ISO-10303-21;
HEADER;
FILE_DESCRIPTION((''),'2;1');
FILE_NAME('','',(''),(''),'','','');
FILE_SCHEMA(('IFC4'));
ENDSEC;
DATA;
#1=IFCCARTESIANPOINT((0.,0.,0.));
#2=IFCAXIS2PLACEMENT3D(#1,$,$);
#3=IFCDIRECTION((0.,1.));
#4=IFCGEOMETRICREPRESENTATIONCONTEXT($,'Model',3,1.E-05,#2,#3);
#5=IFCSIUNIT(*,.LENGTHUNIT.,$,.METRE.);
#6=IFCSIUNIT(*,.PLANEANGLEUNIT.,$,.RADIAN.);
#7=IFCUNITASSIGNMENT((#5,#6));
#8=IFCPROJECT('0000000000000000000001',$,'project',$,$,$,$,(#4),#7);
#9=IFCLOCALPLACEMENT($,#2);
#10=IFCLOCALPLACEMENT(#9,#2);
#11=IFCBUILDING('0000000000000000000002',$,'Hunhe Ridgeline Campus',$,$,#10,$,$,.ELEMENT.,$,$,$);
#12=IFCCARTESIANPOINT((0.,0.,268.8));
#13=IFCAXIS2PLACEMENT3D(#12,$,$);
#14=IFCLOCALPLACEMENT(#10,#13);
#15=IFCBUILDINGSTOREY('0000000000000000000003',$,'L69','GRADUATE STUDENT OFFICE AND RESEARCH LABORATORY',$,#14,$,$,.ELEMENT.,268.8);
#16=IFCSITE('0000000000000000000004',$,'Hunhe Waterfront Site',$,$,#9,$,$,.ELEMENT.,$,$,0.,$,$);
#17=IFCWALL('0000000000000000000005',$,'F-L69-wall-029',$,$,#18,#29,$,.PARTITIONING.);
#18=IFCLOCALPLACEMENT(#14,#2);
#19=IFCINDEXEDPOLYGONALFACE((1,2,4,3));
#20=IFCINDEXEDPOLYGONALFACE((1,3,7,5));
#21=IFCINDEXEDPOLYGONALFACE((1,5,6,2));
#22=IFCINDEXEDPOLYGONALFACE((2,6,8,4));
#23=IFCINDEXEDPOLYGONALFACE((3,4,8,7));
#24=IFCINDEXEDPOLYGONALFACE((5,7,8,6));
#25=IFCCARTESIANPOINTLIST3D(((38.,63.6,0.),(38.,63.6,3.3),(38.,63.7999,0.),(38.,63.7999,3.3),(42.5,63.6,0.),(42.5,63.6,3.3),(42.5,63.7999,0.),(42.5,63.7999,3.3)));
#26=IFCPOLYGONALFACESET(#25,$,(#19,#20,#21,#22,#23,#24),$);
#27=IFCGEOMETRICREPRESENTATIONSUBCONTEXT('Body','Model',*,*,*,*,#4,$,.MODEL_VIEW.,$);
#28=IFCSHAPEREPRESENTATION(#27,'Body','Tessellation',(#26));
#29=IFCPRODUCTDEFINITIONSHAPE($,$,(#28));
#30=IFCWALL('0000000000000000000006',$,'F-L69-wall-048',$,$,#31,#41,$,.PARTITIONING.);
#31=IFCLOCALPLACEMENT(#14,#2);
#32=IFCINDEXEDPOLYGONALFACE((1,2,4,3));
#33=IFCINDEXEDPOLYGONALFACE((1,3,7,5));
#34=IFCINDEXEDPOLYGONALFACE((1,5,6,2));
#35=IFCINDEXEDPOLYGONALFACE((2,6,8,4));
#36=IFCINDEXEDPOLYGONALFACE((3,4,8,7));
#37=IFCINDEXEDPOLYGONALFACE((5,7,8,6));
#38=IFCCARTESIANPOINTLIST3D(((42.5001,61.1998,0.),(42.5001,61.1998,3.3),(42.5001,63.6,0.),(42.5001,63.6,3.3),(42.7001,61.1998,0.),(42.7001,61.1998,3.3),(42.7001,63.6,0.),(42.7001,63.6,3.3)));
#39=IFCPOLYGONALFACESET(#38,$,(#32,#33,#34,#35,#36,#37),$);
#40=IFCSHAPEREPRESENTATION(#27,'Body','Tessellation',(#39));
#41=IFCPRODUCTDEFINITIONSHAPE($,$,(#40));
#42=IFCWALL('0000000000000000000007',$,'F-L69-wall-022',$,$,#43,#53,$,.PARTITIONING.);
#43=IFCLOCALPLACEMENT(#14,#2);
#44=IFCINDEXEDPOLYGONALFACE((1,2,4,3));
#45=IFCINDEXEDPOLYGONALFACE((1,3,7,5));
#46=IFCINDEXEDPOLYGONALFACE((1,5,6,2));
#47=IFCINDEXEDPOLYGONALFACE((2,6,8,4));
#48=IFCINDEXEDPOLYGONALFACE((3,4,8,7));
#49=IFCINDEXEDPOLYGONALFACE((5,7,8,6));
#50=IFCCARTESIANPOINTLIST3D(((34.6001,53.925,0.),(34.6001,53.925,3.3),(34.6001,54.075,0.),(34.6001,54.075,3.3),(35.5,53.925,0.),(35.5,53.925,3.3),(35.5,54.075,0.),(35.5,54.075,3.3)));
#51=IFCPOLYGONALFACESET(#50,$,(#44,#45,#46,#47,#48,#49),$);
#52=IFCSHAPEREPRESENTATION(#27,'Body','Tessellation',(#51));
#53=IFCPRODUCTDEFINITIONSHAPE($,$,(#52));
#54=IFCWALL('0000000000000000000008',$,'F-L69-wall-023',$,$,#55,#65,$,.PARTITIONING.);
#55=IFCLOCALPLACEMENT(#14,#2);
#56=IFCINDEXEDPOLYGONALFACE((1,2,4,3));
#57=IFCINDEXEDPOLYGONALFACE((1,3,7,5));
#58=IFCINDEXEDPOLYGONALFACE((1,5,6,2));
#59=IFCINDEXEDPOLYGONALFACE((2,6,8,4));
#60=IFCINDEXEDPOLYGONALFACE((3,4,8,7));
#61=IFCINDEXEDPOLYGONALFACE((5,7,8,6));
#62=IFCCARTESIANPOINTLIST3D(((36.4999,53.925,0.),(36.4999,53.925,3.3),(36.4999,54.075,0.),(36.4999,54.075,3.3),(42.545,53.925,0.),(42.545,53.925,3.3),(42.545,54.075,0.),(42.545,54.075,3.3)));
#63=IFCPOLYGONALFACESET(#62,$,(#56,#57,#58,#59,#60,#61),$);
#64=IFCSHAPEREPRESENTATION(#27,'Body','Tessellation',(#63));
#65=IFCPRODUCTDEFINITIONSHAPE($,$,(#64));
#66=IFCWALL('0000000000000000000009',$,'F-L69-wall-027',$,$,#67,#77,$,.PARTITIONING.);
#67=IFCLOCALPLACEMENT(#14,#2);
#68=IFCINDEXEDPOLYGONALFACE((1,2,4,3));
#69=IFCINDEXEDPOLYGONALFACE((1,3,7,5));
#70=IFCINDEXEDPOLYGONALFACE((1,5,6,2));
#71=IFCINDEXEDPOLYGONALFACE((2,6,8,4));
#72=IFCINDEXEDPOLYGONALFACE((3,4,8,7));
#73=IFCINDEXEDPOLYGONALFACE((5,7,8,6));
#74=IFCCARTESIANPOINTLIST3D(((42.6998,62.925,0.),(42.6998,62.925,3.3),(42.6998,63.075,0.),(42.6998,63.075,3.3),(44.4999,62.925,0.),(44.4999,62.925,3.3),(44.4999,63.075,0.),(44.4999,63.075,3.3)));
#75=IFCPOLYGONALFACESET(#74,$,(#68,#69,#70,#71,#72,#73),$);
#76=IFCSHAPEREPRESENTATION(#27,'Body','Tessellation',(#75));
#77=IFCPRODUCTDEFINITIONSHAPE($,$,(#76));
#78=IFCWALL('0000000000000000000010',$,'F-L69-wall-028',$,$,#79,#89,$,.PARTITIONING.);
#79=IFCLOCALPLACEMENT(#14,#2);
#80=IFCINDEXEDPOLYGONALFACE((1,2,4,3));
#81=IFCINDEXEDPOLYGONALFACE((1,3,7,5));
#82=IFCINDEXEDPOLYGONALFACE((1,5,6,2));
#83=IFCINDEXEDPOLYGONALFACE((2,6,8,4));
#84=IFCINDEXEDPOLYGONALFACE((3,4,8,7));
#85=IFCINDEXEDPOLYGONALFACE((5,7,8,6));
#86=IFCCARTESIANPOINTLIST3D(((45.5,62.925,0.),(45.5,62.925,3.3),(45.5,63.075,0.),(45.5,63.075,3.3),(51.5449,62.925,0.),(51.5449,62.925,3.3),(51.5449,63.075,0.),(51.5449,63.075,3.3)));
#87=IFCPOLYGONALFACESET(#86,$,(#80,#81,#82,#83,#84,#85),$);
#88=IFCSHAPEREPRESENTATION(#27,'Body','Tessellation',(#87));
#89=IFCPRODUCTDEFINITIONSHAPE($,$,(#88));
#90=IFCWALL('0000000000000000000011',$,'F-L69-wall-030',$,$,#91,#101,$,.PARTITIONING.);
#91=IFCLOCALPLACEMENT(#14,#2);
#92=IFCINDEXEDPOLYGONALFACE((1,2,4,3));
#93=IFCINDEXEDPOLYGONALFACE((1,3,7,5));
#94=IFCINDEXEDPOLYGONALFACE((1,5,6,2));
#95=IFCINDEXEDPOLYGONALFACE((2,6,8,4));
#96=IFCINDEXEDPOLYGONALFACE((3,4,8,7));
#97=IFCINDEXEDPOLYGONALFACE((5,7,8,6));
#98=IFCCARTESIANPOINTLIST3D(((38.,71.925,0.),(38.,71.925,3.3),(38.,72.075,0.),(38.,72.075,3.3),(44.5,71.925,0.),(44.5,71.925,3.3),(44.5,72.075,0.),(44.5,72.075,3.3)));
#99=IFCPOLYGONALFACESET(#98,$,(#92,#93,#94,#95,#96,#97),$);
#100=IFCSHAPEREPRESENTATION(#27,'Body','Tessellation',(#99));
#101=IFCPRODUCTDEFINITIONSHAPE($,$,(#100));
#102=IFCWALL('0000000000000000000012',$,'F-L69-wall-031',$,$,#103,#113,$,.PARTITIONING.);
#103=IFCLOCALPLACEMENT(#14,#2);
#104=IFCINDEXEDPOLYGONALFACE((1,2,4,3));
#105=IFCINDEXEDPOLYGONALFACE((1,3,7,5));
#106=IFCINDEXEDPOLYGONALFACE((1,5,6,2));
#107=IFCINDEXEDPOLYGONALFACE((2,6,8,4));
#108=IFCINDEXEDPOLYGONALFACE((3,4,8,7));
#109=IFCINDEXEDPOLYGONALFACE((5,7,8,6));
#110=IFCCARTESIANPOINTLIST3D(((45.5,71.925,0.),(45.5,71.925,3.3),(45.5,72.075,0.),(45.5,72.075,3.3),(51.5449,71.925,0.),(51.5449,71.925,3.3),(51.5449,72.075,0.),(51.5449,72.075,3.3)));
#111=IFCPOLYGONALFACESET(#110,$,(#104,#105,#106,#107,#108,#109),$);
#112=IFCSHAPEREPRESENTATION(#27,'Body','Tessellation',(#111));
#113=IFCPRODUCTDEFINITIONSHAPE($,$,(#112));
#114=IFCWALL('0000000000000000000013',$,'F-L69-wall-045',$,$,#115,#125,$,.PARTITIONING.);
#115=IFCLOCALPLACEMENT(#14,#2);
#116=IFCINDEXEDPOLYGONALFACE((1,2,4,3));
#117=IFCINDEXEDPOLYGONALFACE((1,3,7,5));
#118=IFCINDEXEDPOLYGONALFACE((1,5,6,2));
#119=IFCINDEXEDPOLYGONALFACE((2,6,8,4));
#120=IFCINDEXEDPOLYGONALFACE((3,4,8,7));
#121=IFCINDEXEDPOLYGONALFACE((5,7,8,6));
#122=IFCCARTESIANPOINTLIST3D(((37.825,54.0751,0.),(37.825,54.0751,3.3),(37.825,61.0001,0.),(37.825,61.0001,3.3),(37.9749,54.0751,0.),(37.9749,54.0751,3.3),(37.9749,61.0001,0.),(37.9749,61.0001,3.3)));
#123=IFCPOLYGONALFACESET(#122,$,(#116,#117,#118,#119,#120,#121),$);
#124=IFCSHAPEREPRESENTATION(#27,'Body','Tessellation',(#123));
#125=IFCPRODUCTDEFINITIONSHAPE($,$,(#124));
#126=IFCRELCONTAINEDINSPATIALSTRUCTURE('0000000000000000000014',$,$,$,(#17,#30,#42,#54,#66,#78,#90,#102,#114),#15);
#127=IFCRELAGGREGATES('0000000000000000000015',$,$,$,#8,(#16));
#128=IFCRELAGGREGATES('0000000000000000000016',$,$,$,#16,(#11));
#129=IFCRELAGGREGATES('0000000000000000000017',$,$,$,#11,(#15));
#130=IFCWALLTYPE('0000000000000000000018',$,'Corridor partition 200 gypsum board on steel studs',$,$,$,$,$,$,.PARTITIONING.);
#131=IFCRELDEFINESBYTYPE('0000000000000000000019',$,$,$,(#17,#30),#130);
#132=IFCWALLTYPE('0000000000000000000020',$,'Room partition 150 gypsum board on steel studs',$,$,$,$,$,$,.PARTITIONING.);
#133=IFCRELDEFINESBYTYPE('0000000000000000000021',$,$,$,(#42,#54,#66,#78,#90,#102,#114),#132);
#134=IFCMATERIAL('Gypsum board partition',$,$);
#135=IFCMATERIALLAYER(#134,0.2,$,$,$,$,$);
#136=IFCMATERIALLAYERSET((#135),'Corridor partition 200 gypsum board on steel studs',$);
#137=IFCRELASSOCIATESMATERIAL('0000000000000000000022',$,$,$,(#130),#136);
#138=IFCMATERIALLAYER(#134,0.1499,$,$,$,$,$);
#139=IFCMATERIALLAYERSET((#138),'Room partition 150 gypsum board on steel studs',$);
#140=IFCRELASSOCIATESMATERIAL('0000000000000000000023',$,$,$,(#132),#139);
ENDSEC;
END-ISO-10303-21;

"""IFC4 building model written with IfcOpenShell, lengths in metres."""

from ifc_helpers import new_model, si_unit, direction, frame, frame_2d, origin, place, context, subcontext, project, spatial, rectangle, extrude, material, layer, layer_set, type_object, element, save


model = new_model("IFC4")

# Units and contexts
model_context = context("Model", 3, precision=1e-05, world=origin(), true_north=direction((0.0, 1.0)))
body_context = subcontext(model_context, "Body", "Model", "MODEL_VIEW")
ifc_project = project(units=[si_unit("LENGTHUNIT", "METRE"), si_unit("PLANEANGLEUNIT", "RADIAN")], contexts=[model_context])

# Site, building, storey
site_placement = place(None, origin())
site = spatial("IfcSite", under=ifc_project, at=site_placement, Name="Hunhe Waterfront Site", CompositionType="ELEMENT", RefElevation=0.0)
building_placement = place(site_placement, origin())
building = spatial("IfcBuilding", under=site, at=building_placement, Name="Hunhe Ridgeline Campus", CompositionType="ELEMENT")
storey_placement = place(building_placement, frame((0.0, 0.0, 268.8)))
storey = spatial("IfcBuildingStorey", under=building, at=storey_placement, Name="L69", Description="GRADUATE STUDENT OFFICE AND RESEARCH LABORATORY", CompositionType="ELEMENT", Elevation=268.8)

# Shared definitions
ifc_material_1 = material(Name="Gypsum board partition")
ifc_layer_1 = layer(ifc_material_1, 0.2)
ifc_layer_set_1 = layer_set([ifc_layer_1], Name="Corridor partition 200 gypsum board on steel studs")
wall_type_1 = type_object("IfcWallType", Name="Corridor partition 200 gypsum board on steel studs", PredefinedType="PARTITIONING", material=ifc_layer_set_1)

# Walls
wall_1_placement = place(storey_placement, frame((38.0, 63.7, 0.0), z_axis=(0.0, 0.0, 1.0), x_axis=(1.0, 0.0, 0.0)))
element("IfcWall", 1, at=wall_1_placement, inside=storey, type_object=wall_type_1, Name="F-L69-wall-029", PredefinedType="PARTITIONING", context=body_context, shape_type="SweptSolid", body=[
    extrude(rectangle(XDim=4.5, YDim=0.2, at=frame_2d((2.25, 0.0))), origin(), (0.0, 0.0, 1.0), 3.3),
])
wall_2_placement = place(storey_placement, frame((42.6001, 63.6001, 0.0), z_axis=(0.0, 0.0, 1.0), x_axis=(0.0, -1.0, 0.0)))
element("IfcWall", 2, at=wall_2_placement, inside=storey, type_object=wall_type_1, Name="F-L69-wall-048", PredefinedType="PARTITIONING", context=body_context, shape_type="SweptSolid", body=[
    extrude(rectangle(XDim=2.4001, YDim=0.2, at=frame_2d((1.2002, 0.0))), origin(), (0.0, 0.0, 1.0), 3.3),
])
ifc_layer_2 = layer(ifc_material_1, 0.1499)
ifc_layer_set_2 = layer_set([ifc_layer_2], Name="Room partition 150 gypsum board on steel studs")
wall_type_2 = type_object("IfcWallType", Name="Room partition 150 gypsum board on steel studs", PredefinedType="PARTITIONING", material=ifc_layer_set_2)
wall_3_placement = place(storey_placement, frame((34.6001, 54.0, 0.0), z_axis=(0.0, 0.0, 1.0), x_axis=(1.0, 0.0, 0.0)))
element("IfcWall", 3, at=wall_3_placement, inside=storey, type_object=wall_type_2, Name="F-L69-wall-022", PredefinedType="PARTITIONING", context=body_context, shape_type="SweptSolid", body=[
    extrude(rectangle(XDim=0.8999, YDim=0.1499, at=frame_2d((0.45, 0.0))), origin(), (0.0, 0.0, 1.0), 3.3),
])
wall_4_placement = place(storey_placement, frame((36.5, 54.0, 0.0), z_axis=(0.0, 0.0, 1.0), x_axis=(1.0, 0.0, 0.0)))
element("IfcWall", 4, at=wall_4_placement, inside=storey, type_object=wall_type_2, Name="F-L69-wall-023", PredefinedType="PARTITIONING", context=body_context, shape_type="SweptSolid", body=[
    extrude(rectangle(XDim=6.0452, YDim=0.1499, at=frame_2d((3.0225, 0.0))), origin(), (0.0, 0.0, 1.0), 3.3),
])
wall_5_placement = place(storey_placement, frame((42.7, 63.0, 0.0), z_axis=(0.0, 0.0, 1.0), x_axis=(1.0, 0.0, 0.0)))
element("IfcWall", 5, at=wall_5_placement, inside=storey, type_object=wall_type_2, Name="F-L69-wall-027", PredefinedType="PARTITIONING", context=body_context, shape_type="SweptSolid", body=[
    extrude(rectangle(XDim=1.8, YDim=0.1499, at=frame_2d((0.8999, 0.0))), origin(), (0.0, 0.0, 1.0), 3.3),
])
wall_6_placement = place(storey_placement, frame((45.5, 63.0, 0.0), z_axis=(0.0, 0.0, 1.0), x_axis=(1.0, 0.0, 0.0)))
element("IfcWall", 6, at=wall_6_placement, inside=storey, type_object=wall_type_2, Name="F-L69-wall-028", PredefinedType="PARTITIONING", context=body_context, shape_type="SweptSolid", body=[
    extrude(rectangle(XDim=6.0449, YDim=0.1499, at=frame_2d((3.0225, 0.0))), origin(), (0.0, 0.0, 1.0), 3.3),
])
wall_7_placement = place(storey_placement, frame((38.0, 72.0, 0.0), z_axis=(0.0, 0.0, 1.0), x_axis=(1.0, 0.0, 0.0)))
element("IfcWall", 7, at=wall_7_placement, inside=storey, type_object=wall_type_2, Name="F-L69-wall-030", PredefinedType="PARTITIONING", context=body_context, shape_type="SweptSolid", body=[
    extrude(rectangle(XDim=6.5, YDim=0.1499, at=frame_2d((3.25, 0.0))), origin(), (0.0, 0.0, 1.0), 3.3),
])
wall_8_placement = place(storey_placement, frame((45.5, 72.0, 0.0), z_axis=(0.0, 0.0, 1.0), x_axis=(1.0, 0.0, 0.0)))
element("IfcWall", 8, at=wall_8_placement, inside=storey, type_object=wall_type_2, Name="F-L69-wall-031", PredefinedType="PARTITIONING", context=body_context, shape_type="SweptSolid", body=[
    extrude(rectangle(XDim=6.0449, YDim=0.1499, at=frame_2d((3.0225, 0.0))), origin(), (0.0, 0.0, 1.0), 3.3),
])
wall_9_placement = place(storey_placement, frame((37.8999, 61.0, 0.0), z_axis=(0.0, 0.0, 1.0), x_axis=(0.0, -1.0, 0.0)))
element("IfcWall", 9, at=wall_9_placement, inside=storey, type_object=wall_type_2, Name="F-L69-wall-045", PredefinedType="PARTITIONING", context=body_context, shape_type="SweptSolid", body=[
    extrude(rectangle(XDim=6.925, YDim=0.1499, at=frame_2d((3.4624, 0.0))), origin(), (0.0, 0.0, 1.0), 3.3),
])

save(model, "model.ifc")
